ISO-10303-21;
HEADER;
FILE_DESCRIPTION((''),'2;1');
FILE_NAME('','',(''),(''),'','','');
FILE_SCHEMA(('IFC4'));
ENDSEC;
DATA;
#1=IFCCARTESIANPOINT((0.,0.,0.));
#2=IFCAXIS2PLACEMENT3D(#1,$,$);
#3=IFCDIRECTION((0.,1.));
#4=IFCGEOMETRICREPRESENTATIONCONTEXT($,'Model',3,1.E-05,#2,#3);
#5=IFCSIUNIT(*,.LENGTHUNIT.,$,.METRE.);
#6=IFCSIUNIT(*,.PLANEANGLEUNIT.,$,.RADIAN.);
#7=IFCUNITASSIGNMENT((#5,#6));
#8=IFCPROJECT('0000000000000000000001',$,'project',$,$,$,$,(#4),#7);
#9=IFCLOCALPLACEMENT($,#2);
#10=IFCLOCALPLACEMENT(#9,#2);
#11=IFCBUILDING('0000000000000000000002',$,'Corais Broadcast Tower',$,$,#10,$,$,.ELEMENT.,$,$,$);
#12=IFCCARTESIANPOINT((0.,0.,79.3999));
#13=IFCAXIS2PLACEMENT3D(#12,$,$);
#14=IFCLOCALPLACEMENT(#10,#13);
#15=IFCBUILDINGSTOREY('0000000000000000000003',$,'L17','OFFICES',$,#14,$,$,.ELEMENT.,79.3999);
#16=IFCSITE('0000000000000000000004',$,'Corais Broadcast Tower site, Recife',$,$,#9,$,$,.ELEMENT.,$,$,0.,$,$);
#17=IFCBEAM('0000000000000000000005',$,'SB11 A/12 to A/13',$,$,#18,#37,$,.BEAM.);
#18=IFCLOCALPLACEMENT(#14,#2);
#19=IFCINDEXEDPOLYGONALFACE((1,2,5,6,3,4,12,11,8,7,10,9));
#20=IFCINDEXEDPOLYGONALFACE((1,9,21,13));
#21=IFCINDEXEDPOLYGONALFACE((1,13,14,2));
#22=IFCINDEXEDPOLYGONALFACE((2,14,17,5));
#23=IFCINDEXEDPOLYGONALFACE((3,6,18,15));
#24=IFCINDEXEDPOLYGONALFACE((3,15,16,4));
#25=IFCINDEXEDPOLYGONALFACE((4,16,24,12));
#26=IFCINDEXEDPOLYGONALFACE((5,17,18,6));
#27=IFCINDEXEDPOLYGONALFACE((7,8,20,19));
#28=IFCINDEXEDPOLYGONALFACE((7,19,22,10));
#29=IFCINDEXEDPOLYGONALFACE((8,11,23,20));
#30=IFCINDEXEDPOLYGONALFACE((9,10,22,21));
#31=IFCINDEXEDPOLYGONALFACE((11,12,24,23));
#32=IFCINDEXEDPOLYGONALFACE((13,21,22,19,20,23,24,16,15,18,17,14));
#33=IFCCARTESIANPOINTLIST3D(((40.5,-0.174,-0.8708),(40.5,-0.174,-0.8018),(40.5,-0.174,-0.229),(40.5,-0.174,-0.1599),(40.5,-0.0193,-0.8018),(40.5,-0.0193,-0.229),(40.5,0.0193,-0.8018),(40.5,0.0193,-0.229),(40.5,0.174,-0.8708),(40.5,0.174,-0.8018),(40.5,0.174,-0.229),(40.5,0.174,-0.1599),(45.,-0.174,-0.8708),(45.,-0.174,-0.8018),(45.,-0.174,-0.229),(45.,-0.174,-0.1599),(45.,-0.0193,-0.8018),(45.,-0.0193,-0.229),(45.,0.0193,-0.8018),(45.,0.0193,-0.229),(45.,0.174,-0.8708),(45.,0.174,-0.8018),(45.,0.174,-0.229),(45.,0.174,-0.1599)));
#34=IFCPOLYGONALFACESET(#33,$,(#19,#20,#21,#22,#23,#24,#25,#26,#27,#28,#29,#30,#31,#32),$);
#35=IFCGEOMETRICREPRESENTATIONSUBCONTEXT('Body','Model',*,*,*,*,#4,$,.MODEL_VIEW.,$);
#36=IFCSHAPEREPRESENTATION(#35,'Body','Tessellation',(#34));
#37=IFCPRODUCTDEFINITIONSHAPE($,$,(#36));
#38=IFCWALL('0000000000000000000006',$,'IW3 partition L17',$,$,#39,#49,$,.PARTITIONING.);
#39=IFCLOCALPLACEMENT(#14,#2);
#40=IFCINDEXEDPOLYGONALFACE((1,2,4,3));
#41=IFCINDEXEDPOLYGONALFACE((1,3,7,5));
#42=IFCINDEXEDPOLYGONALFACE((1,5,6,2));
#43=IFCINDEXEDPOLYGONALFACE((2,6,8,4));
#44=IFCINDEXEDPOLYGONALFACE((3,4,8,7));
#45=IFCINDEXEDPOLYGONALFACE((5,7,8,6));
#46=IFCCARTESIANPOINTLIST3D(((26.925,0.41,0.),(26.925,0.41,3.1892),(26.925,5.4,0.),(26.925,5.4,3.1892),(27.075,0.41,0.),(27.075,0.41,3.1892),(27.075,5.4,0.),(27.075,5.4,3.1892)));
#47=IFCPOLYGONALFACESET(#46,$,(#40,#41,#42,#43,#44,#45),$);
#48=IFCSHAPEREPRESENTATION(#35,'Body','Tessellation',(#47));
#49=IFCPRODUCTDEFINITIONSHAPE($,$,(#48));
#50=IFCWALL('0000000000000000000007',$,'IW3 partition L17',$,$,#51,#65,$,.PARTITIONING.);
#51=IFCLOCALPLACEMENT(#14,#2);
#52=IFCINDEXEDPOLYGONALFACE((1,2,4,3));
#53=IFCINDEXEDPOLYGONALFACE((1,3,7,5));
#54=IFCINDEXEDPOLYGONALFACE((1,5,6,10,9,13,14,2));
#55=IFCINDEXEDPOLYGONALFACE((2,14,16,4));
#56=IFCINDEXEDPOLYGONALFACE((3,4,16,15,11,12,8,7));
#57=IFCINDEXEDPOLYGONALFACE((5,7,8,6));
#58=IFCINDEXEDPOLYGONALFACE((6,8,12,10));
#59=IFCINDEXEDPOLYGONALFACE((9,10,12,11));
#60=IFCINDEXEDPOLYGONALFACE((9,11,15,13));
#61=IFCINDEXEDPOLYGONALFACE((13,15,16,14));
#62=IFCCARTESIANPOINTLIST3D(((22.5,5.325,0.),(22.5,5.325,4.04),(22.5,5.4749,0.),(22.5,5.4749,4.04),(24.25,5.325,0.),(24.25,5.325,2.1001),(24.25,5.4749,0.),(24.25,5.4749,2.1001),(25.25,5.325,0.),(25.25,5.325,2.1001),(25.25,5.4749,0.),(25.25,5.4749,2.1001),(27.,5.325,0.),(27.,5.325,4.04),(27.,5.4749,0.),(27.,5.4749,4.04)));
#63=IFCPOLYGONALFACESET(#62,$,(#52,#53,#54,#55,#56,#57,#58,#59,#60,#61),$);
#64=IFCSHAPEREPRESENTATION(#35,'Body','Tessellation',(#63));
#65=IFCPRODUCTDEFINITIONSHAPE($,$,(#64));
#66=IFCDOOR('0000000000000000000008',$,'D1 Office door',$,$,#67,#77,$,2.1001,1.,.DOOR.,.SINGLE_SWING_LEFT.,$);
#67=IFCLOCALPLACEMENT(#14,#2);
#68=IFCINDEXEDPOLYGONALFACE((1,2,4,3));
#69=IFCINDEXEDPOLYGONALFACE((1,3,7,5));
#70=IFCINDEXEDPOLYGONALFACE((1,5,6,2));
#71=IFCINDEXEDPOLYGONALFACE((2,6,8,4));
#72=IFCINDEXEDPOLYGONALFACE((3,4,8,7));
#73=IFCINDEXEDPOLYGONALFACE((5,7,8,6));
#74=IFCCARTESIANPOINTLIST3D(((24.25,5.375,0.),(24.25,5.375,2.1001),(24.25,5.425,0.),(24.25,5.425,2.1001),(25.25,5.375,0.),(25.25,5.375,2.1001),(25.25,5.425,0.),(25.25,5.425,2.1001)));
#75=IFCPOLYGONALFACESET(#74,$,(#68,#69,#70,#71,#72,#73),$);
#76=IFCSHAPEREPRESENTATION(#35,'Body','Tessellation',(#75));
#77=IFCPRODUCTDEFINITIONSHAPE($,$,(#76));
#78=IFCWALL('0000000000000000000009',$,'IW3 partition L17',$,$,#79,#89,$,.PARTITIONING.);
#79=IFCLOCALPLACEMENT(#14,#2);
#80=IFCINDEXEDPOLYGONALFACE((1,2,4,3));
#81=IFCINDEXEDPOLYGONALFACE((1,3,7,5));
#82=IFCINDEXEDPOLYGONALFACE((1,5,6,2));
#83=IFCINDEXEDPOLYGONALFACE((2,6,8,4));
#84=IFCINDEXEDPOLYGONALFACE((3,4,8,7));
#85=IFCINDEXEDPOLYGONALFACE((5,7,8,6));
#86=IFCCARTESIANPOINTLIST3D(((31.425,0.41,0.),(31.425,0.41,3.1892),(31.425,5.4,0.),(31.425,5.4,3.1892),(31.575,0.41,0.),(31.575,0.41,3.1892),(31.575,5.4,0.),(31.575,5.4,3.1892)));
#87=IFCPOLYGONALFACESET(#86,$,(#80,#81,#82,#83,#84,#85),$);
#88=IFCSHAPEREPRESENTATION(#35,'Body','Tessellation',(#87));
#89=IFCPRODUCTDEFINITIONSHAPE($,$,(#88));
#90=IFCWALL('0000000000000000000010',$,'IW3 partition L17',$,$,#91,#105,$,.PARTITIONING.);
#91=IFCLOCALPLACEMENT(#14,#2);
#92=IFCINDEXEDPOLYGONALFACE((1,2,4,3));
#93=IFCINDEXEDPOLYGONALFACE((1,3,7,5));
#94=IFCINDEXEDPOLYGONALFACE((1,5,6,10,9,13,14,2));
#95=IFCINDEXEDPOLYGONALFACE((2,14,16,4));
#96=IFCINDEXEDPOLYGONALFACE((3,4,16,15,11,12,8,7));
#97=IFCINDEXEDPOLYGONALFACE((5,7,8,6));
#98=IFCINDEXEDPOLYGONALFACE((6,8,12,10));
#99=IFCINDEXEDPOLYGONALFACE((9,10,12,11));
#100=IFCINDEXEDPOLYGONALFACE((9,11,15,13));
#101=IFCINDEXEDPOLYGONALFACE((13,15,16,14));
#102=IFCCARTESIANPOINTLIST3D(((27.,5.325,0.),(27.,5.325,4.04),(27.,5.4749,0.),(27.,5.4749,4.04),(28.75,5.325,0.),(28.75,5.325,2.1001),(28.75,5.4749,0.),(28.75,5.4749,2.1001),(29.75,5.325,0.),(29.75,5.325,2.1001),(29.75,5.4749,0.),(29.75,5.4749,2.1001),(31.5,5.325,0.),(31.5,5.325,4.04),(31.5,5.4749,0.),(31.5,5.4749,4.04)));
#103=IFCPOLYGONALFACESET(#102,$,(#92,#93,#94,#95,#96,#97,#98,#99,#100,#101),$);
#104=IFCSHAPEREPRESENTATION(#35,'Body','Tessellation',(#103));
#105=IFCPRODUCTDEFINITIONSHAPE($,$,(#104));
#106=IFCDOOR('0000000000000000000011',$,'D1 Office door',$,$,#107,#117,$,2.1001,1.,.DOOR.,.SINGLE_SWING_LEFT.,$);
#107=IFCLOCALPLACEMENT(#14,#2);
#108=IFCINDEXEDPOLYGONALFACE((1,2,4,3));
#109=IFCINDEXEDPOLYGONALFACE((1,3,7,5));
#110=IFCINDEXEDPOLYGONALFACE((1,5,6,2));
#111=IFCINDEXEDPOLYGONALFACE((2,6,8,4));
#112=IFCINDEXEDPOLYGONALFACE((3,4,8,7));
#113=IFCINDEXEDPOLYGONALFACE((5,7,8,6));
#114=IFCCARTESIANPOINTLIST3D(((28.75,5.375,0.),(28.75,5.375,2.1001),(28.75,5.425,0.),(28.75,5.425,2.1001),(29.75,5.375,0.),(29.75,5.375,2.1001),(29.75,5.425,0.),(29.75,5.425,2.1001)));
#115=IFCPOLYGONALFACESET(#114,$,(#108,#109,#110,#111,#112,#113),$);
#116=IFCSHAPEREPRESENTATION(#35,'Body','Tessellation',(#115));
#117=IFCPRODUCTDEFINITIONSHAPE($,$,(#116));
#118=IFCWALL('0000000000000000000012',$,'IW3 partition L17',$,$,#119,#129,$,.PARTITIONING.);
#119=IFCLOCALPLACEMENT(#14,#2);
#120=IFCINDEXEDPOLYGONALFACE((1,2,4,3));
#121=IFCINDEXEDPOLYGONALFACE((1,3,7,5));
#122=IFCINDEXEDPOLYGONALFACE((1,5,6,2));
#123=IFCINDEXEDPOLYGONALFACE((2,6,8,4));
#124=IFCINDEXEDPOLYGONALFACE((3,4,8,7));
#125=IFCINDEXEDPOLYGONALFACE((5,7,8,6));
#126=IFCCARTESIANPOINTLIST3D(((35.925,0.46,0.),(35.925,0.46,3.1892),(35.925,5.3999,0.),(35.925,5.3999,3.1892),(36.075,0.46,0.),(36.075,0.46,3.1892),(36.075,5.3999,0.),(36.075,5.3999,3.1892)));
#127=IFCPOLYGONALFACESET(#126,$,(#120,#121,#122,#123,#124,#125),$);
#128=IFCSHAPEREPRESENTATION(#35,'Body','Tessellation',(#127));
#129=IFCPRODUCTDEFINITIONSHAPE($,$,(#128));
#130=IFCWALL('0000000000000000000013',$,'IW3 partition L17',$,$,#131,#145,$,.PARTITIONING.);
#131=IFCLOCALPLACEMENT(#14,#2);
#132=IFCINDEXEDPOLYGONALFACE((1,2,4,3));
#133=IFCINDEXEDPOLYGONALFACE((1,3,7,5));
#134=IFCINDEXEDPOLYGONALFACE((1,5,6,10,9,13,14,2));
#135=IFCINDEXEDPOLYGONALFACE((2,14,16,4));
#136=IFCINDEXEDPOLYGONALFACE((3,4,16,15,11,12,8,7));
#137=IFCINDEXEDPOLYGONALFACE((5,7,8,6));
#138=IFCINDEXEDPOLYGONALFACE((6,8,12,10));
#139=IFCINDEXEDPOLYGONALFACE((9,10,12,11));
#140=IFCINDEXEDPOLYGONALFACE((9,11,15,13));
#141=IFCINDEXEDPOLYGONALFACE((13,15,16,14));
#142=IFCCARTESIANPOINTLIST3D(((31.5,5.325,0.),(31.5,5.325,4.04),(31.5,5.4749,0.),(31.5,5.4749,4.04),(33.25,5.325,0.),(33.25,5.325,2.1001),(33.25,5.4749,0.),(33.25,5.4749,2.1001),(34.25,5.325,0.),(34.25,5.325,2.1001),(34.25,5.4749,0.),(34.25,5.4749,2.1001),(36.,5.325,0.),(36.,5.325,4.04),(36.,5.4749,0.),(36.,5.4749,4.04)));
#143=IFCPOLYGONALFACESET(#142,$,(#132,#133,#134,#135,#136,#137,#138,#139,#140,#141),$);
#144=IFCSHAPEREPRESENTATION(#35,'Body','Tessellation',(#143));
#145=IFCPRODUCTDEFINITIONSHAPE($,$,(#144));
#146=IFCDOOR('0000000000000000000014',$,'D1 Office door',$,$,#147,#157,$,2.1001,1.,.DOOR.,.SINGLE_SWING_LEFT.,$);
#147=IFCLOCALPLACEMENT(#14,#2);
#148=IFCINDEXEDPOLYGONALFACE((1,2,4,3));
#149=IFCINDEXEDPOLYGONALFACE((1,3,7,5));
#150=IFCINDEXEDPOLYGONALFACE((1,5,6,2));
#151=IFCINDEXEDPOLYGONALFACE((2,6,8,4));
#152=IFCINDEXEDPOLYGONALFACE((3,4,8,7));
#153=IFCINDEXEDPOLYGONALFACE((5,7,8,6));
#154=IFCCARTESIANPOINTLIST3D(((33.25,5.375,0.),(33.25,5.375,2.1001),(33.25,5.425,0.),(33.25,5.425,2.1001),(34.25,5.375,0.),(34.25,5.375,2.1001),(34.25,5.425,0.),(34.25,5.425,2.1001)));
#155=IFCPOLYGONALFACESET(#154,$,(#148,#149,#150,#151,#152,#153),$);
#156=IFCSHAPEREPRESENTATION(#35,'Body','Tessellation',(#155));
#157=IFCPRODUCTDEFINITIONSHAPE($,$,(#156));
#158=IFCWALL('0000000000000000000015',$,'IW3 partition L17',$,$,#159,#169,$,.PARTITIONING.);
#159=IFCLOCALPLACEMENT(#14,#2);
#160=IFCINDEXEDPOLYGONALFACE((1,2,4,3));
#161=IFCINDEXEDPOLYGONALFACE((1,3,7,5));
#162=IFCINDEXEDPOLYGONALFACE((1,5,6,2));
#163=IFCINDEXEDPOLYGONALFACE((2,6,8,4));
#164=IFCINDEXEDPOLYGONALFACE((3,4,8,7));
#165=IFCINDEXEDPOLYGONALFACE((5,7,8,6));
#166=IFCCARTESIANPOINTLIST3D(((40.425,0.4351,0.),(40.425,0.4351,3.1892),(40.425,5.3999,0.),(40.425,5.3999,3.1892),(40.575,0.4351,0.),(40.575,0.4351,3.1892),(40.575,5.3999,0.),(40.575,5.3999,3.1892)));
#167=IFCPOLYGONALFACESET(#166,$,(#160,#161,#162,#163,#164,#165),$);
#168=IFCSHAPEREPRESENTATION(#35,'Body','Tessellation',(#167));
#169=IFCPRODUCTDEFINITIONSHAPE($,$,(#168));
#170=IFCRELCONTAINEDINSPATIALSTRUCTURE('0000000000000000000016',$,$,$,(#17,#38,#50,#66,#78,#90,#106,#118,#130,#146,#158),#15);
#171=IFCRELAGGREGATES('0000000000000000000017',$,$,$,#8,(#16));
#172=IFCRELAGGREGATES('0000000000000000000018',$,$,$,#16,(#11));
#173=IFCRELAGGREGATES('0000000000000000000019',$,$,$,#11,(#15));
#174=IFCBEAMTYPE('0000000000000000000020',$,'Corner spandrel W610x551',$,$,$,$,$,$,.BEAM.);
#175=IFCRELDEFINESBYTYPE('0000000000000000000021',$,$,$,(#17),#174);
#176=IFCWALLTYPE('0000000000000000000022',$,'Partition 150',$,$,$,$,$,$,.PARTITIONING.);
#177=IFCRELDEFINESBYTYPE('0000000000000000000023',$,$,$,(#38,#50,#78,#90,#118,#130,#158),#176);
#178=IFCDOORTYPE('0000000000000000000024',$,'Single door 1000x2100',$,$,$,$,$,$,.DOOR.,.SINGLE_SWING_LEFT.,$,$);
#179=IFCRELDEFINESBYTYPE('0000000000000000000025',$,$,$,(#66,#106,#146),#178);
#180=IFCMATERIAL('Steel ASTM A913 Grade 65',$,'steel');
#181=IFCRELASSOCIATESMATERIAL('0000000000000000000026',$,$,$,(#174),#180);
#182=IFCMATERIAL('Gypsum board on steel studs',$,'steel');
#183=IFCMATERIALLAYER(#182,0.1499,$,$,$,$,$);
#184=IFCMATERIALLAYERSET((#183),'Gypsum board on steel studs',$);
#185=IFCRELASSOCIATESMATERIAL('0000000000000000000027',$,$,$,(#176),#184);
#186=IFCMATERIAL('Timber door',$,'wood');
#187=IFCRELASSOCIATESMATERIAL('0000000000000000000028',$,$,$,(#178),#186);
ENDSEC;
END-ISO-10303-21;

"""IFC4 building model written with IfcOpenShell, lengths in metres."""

from ifc_helpers import new_model, si_unit, direction, frame, frame_2d, origin, origin_2d, place, context, subcontext, project, spatial, rectangle, i_section, extrude, material, layer, layer_set, material_profile, profile_set, type_object, element, fill, save


model = new_model("IFC4")

# Units and contexts
model_context = context("Model", 3, precision=1e-05, world=origin(), true_north=direction((0.0, 1.0)))
body_context = subcontext(model_context, "Body", "Model", "MODEL_VIEW")
ifc_project = project(units=[si_unit("LENGTHUNIT", "METRE"), si_unit("PLANEANGLEUNIT", "RADIAN")], contexts=[model_context])

# Site, building, storey
site_placement = place(None, origin())
site = spatial("IfcSite", under=ifc_project, at=site_placement, Name="Corais Broadcast Tower site, Recife", CompositionType="ELEMENT", RefElevation=0.0)
building_placement = place(site_placement, origin())
building = spatial("IfcBuilding", under=site, at=building_placement, Name="Corais Broadcast Tower", CompositionType="ELEMENT")
storey_placement = place(building_placement, frame((0.0, 0.0, 79.3999)))
storey = spatial("IfcBuildingStorey", under=building, at=storey_placement, Name="L17", Description="OFFICES", CompositionType="ELEMENT", Elevation=79.3999)

# Beam
ifc_material_1 = material(Name="Steel ASTM A913 Grade 65", Category="steel")
ifc_material_profile = material_profile(ifc_material_1, i_section(OverallWidth=0.3479, OverallDepth=0.7109, WebThickness=0.0386, FlangeThickness=0.0691, at=origin_2d()), Name="W610x551")
ifc_profile_set = profile_set([ifc_material_profile], Name="Steel ASTM A913 Grade 65")
beam_type = type_object("IfcBeamType", Name="Corner spandrel W610x551", PredefinedType="BEAM", material=ifc_profile_set)
beam_placement = place(storey_placement, frame((40.5, 0.0, -0.5154), z_axis=(1.0, 0.0, 0.0), x_axis=(0.0, 1.0, 0.0)))
element("IfcBeam", 1, at=beam_placement, inside=storey, type_object=beam_type, Name="SB11 A/12 to A/13", PredefinedType="BEAM", context=body_context, shape_type="SweptSolid", body=[
    extrude(i_section(OverallWidth=0.3479, OverallDepth=0.7109, WebThickness=0.0386, FlangeThickness=0.0691, at=origin_2d()), origin(), (0.0, 0.0, 1.0), 4.5),
])

# Wall
ifc_material_2 = material(Name="Gypsum board on steel studs", Category="steel")
ifc_layer_1 = layer(ifc_material_2, 0.1499)
ifc_layer_set_1 = layer_set([ifc_layer_1], Name="Gypsum board on steel studs")
wall_type_1 = type_object("IfcWallType", Name="Partition 150", PredefinedType="PARTITIONING", material=ifc_layer_set_1)
wall_1_placement = place(storey_placement, frame((27.0, 0.4099, 0.0), z_axis=(0.0, 0.0, 1.0), x_axis=(0.0, 1.0, 0.0)))
element("IfcWall", 2, at=wall_1_placement, inside=storey, type_object=wall_type_1, Name="IW3 partition L17", PredefinedType="PARTITIONING", context=body_context, shape_type="SweptSolid", body=[
    extrude(rectangle(XDim=4.99, YDim=0.1499, at=frame_2d((2.4951, 0.0))), origin(), (0.0, 0.0, 1.0), 3.1892),
])

# Wall, opening, door
wall_2_placement = place(storey_placement, frame((27.0, 5.3999, 0.0), z_axis=(0.0, 0.0, 1.0), x_axis=(-1.0, 0.0, 0.0)))
wall_2 = element("IfcWall", 3, at=wall_2_placement, inside=storey, type_object=wall_type_1, Name="IW3 partition L17", PredefinedType="PARTITIONING", context=body_context, shape_type="SweptSolid", body=[
    extrude(rectangle(XDim=4.5, YDim=0.1499, at=frame_2d((2.25, 0.0))), origin(), (0.0, 0.0, 1.0), 4.04),
])
opening_1_placement = place(wall_2_placement, frame((1.75, 0.0, 0.0)))
opening_1 = element("IfcOpeningElement", 4, at=opening_1_placement, cuts=wall_2, PredefinedType="OPENING", context=body_context, shape_type="SweptSolid", body=[
    extrude(rectangle(XDim=1.0, YDim=2.1001, at=frame_2d((0.5, 1.05))), frame((0.0, 0.085, 0.0), z_axis=(0.0, -1.0, 0.0), x_axis=(1.0, 0.0, 0.0)), (0.0, 0.0, 1.0), 0.1699),
])
ifc_material_3 = material(Name="Timber door", Category="wood")
door_type = type_object("IfcDoorType", Name="Single door 1000x2100", OperationType="SINGLE_SWING_LEFT", PredefinedType="DOOR", material=ifc_material_3)
door_1_placement = place(opening_1_placement, origin())
door_1 = element("IfcDoor", 5, at=door_1_placement, inside=storey, type_object=door_type, Name="D1 Office door", OperationType="SINGLE_SWING_LEFT", OverallHeight=2.1001, OverallWidth=1.0, PredefinedType="DOOR", context=body_context, shape_type="SweptSolid", body=[
    extrude(rectangle(XDim=1.0, YDim=2.1001, at=frame_2d((0.5, 1.05))), frame((0.0, 0.0249, 0.0), z_axis=(0.0, -1.0, 0.0), x_axis=(1.0, 0.0, 0.0)), (0.0, 0.0, 1.0), 0.05),
])
fill(opening_1, door_1)

# Wall
wall_3_placement = place(storey_placement, frame((31.5, 0.4099, 0.0), z_axis=(0.0, 0.0, 1.0), x_axis=(0.0, 1.0, 0.0)))
element("IfcWall", 6, at=wall_3_placement, inside=storey, type_object=wall_type_1, Name="IW3 partition L17", PredefinedType="PARTITIONING", context=body_context, shape_type="SweptSolid", body=[
    extrude(rectangle(XDim=4.99, YDim=0.1499, at=frame_2d((2.4951, 0.0))), origin(), (0.0, 0.0, 1.0), 3.1892),
])

# Wall, opening, door
wall_4_placement = place(storey_placement, frame((31.5, 5.3999, 0.0), z_axis=(0.0, 0.0, 1.0), x_axis=(-1.0, 0.0, 0.0)))
wall_4 = element("IfcWall", 7, at=wall_4_placement, inside=storey, type_object=wall_type_1, Name="IW3 partition L17", PredefinedType="PARTITIONING", context=body_context, shape_type="SweptSolid", body=[
    extrude(rectangle(XDim=4.5, YDim=0.1499, at=frame_2d((2.25, 0.0))), origin(), (0.0, 0.0, 1.0), 4.04),
])
opening_2_placement = place(wall_4_placement, frame((1.75, 0.0, 0.0)))
opening_2 = element("IfcOpeningElement", 8, at=opening_2_placement, cuts=wall_4, PredefinedType="OPENING", context=body_context, shape_type="SweptSolid", body=[
    extrude(rectangle(XDim=1.0, YDim=2.1001, at=frame_2d((0.5, 1.05))), frame((0.0, 0.085, 0.0), z_axis=(0.0, -1.0, 0.0), x_axis=(1.0, 0.0, 0.0)), (0.0, 0.0, 1.0), 0.1699),
])
door_2_placement = place(opening_2_placement, origin())
door_2 = element("IfcDoor", 9, at=door_2_placement, inside=storey, type_object=door_type, Name="D1 Office door", OperationType="SINGLE_SWING_LEFT", OverallHeight=2.1001, OverallWidth=1.0, PredefinedType="DOOR", context=body_context, shape_type="SweptSolid", body=[
    extrude(rectangle(XDim=1.0, YDim=2.1001, at=frame_2d((0.5, 1.05))), frame((0.0, 0.0249, 0.0), z_axis=(0.0, -1.0, 0.0), x_axis=(1.0, 0.0, 0.0)), (0.0, 0.0, 1.0), 0.05),
])
fill(opening_2, door_2)

# Wall
wall_5_placement = place(storey_placement, frame((36.0, 0.46, 0.0), z_axis=(0.0, 0.0, 1.0), x_axis=(0.0, 1.0, 0.0)))
element("IfcWall", 10, at=wall_5_placement, inside=storey, type_object=wall_type_1, Name="IW3 partition L17", PredefinedType="PARTITIONING", context=body_context, shape_type="SweptSolid", body=[
    extrude(rectangle(XDim=4.9399, YDim=0.1499, at=frame_2d((2.47, 0.0))), origin(), (0.0, 0.0, 1.0), 3.1892),
])

# Wall, opening, door
wall_6_placement = place(storey_placement, frame((36.0, 5.3999, 0.0), z_axis=(0.0, 0.0, 1.0), x_axis=(-1.0, 0.0, 0.0)))
wall_6 = element("IfcWall", 11, at=wall_6_placement, inside=storey, type_object=wall_type_1, Name="IW3 partition L17", PredefinedType="PARTITIONING", context=body_context, shape_type="SweptSolid", body=[
    extrude(rectangle(XDim=4.5, YDim=0.1499, at=frame_2d((2.25, 0.0))), origin(), (0.0, 0.0, 1.0), 4.04),
])
opening_3_placement = place(wall_6_placement, frame((1.75, 0.0, 0.0)))
opening_3 = element("IfcOpeningElement", 12, at=opening_3_placement, cuts=wall_6, PredefinedType="OPENING", context=body_context, shape_type="SweptSolid", body=[
    extrude(rectangle(XDim=1.0, YDim=2.1001, at=frame_2d((0.5, 1.05))), frame((0.0, 0.085, 0.0), z_axis=(0.0, -1.0, 0.0), x_axis=(1.0, 0.0, 0.0)), (0.0, 0.0, 1.0), 0.1699),
])
door_3_placement = place(opening_3_placement, origin())
door_3 = element("IfcDoor", 13, at=door_3_placement, inside=storey, type_object=door_type, Name="D1 Office door", OperationType="SINGLE_SWING_LEFT", OverallHeight=2.1001, OverallWidth=1.0, PredefinedType="DOOR", context=body_context, shape_type="SweptSolid", body=[
    extrude(rectangle(XDim=1.0, YDim=2.1001, at=frame_2d((0.5, 1.05))), frame((0.0, 0.0249, 0.0), z_axis=(0.0, -1.0, 0.0), x_axis=(1.0, 0.0, 0.0)), (0.0, 0.0, 1.0), 0.05),
])
fill(opening_3, door_3)

# Wall
wall_7_placement = place(storey_placement, frame((40.5, 0.4351, 0.0), z_axis=(0.0, 0.0, 1.0), x_axis=(0.0, 1.0, 0.0)))
element("IfcWall", 14, at=wall_7_placement, inside=storey, type_object=wall_type_1, Name="IW3 partition L17", PredefinedType="PARTITIONING", context=body_context, shape_type="SweptSolid", body=[
    extrude(rectangle(XDim=4.9648, YDim=0.1499, at=frame_2d((2.4824, 0.0))), origin(), (0.0, 0.0, 1.0), 3.1892),
])

save(model, "model.ifc")
